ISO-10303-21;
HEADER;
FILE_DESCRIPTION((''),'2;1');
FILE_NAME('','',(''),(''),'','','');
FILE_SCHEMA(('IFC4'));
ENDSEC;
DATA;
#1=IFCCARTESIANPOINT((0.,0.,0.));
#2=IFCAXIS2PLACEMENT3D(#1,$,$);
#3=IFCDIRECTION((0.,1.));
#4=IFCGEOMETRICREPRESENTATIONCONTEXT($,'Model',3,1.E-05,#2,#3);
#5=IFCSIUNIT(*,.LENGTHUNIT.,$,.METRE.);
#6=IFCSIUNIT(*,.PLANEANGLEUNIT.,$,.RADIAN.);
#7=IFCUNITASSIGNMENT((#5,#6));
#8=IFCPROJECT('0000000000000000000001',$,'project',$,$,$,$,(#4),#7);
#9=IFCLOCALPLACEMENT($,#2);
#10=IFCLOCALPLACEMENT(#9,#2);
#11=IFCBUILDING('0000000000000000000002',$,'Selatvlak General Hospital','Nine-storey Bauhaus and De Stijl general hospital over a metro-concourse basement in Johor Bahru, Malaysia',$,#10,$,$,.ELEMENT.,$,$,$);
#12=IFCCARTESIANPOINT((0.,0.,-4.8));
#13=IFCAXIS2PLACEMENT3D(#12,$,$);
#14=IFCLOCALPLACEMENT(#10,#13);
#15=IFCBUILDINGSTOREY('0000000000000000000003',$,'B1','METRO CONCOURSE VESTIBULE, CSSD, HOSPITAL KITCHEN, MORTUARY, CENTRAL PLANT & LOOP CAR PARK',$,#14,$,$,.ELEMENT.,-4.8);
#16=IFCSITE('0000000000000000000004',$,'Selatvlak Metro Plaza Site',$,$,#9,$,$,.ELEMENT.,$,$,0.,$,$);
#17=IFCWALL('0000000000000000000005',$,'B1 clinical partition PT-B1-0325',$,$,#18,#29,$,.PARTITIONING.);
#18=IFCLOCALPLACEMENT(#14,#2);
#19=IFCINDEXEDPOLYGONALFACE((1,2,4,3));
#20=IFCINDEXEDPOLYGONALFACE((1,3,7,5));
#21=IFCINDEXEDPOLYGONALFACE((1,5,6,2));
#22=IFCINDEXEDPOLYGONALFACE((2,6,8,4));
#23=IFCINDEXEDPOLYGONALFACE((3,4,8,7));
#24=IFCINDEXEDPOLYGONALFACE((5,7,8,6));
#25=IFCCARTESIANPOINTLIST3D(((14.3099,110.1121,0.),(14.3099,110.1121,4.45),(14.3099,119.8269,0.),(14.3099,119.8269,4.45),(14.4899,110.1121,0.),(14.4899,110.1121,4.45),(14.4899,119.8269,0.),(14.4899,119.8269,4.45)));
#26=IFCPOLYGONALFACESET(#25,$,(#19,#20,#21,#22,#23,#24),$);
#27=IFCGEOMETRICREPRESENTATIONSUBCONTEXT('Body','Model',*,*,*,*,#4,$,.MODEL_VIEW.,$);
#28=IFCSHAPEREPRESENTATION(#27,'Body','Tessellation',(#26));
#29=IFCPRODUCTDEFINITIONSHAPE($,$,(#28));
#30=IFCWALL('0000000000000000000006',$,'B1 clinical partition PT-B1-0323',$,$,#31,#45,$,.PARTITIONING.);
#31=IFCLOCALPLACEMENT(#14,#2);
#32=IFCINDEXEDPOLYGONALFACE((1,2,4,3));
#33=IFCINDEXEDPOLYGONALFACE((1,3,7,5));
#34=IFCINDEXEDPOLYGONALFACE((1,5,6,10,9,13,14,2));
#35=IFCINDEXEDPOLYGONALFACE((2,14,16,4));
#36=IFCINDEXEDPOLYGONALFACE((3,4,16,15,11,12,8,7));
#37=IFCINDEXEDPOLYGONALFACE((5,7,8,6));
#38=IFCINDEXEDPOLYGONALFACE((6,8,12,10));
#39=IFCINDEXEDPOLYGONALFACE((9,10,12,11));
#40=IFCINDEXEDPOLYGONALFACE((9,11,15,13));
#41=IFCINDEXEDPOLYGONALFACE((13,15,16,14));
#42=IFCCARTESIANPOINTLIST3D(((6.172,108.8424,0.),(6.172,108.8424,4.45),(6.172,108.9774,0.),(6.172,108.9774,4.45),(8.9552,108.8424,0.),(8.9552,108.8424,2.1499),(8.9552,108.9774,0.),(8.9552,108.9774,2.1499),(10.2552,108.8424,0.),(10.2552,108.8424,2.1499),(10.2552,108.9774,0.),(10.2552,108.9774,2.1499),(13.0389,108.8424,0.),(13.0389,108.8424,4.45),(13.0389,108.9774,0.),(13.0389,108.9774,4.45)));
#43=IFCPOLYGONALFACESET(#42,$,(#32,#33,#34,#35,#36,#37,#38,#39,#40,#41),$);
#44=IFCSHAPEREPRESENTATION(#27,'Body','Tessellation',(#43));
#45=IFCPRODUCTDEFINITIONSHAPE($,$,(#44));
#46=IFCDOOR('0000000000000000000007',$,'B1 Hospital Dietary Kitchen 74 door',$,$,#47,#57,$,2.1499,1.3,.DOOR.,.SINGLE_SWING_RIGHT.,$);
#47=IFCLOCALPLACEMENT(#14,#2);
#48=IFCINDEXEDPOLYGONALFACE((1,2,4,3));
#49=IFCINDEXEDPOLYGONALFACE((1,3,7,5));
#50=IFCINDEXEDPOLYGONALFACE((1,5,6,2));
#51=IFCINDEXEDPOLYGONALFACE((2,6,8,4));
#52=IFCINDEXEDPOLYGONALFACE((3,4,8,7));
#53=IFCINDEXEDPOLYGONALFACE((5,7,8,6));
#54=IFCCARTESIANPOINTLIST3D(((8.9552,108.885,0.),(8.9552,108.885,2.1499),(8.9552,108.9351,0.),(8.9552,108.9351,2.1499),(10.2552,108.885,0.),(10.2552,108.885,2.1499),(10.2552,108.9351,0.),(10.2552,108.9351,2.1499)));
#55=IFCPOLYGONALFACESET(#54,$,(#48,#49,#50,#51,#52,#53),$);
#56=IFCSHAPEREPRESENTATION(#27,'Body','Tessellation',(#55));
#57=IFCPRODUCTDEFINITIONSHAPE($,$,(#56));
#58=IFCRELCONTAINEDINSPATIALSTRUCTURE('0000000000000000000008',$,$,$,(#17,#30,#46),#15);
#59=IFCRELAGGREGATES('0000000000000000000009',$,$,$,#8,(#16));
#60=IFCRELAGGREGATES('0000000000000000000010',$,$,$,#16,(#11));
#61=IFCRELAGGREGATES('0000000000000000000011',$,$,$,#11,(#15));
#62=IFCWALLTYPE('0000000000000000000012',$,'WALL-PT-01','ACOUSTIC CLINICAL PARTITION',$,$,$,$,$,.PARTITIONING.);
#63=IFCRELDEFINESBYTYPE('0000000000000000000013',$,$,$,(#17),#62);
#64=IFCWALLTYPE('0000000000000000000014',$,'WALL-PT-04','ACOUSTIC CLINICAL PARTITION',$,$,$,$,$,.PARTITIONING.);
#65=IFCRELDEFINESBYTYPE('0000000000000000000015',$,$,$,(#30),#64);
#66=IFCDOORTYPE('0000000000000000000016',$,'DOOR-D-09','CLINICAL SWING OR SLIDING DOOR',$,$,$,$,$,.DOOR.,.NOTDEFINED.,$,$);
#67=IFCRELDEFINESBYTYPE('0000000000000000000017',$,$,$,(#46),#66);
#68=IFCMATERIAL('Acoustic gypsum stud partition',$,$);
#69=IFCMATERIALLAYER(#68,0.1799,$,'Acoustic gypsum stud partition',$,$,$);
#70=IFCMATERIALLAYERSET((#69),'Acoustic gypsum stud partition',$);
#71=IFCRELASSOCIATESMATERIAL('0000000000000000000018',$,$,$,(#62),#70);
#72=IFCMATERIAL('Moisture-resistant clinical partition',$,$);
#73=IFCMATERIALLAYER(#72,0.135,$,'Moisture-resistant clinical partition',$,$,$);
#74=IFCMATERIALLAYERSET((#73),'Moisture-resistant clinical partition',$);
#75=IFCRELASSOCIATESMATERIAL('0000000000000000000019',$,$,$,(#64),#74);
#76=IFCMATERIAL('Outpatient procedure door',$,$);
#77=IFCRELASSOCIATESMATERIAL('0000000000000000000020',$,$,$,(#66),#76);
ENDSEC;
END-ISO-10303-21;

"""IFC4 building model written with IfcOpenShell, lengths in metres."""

from ifc_helpers import new_model, si_unit, direction, frame, frame_2d, origin, place, context, subcontext, project, spatial, rectangle, extrude, material, layer, layer_set, type_object, element, fill, save


model = new_model("IFC4")

# Units and contexts
model_context = context("Model", 3, precision=1e-05, world=origin(), true_north=direction((0.0, 1.0)))
body_context = subcontext(model_context, "Body", "Model", "MODEL_VIEW")
ifc_project = project(units=[si_unit("LENGTHUNIT", "METRE"), si_unit("PLANEANGLEUNIT", "RADIAN")], contexts=[model_context])

# Site, building, storey
site_placement = place(None, origin())
site = spatial("IfcSite", under=ifc_project, at=site_placement, Name="Selatvlak Metro Plaza Site", CompositionType="ELEMENT", RefElevation=0.0)
building_placement = place(site_placement, origin())
building = spatial("IfcBuilding", under=site, at=building_placement, Name="Selatvlak General Hospital", Description="Nine-storey Bauhaus and De Stijl general hospital over a metro-concourse basement in Johor Bahru, Malaysia", CompositionType="ELEMENT")
storey_placement = place(building_placement, frame((0.0, 0.0, -4.8)))
storey = spatial("IfcBuildingStorey", under=building, at=storey_placement, Name="B1", Description="METRO CONCOURSE VESTIBULE, CSSD, HOSPITAL KITCHEN, MORTUARY, CENTRAL PLANT & LOOP CAR PARK", CompositionType="ELEMENT", Elevation=-4.8)

# Wall
ifc_material_1 = material(Name="Acoustic gypsum stud partition")
ifc_layer_1 = layer(ifc_material_1, 0.1799, Name="Acoustic gypsum stud partition")
ifc_layer_set_1 = layer_set([ifc_layer_1], Name="Acoustic gypsum stud partition")
wall_type_1 = type_object("IfcWallType", Name="WALL-PT-01", Description="ACOUSTIC CLINICAL PARTITION", PredefinedType="PARTITIONING", material=ifc_layer_set_1)
wall_1_placement = place(storey_placement, frame((14.3999, 119.8269, 0.0), z_axis=(0.0, 0.0, 1.0), x_axis=(0.0, -1.0, 0.0)))
element("IfcWall", 1, at=wall_1_placement, inside=storey, type_object=wall_type_1, Name="B1 clinical partition PT-B1-0325", PredefinedType="PARTITIONING", context=body_context, shape_type="SweptSolid", body=[
    extrude(rectangle(XDim=9.7148, YDim=0.1799, at=frame_2d((4.8574, 0.0))), origin(), (0.0, 0.0, 1.0), 4.45),
])

# Wall, opening, door
ifc_material_2 = material(Name="Moisture-resistant clinical partition")
ifc_layer_2 = layer(ifc_material_2, 0.135, Name="Moisture-resistant clinical partition")
ifc_layer_set_2 = layer_set([ifc_layer_2], Name="Moisture-resistant clinical partition")
wall_type_2 = type_object("IfcWallType", Name="WALL-PT-04", Description="ACOUSTIC CLINICAL PARTITION", PredefinedType="PARTITIONING", material=ifc_layer_set_2)
wall_2_placement = place(storey_placement, frame((13.0391, 108.9099, 0.0), z_axis=(0.0, 0.0, 1.0), x_axis=(-1.0, 0.0, 0.0)))
wall_2 = element("IfcWall", 2, at=wall_2_placement, inside=storey, type_object=wall_type_2, Name="B1 clinical partition PT-B1-0323", PredefinedType="PARTITIONING", context=body_context, shape_type="SweptSolid", body=[
    extrude(rectangle(XDim=6.8669, YDim=0.135, at=frame_2d((3.4336, 0.0))), origin(), (0.0, 0.0, 1.0), 4.45),
])
opening_1_placement = place(wall_2_placement, frame((2.7839, 0.0, 0.0)))
opening_1 = element("IfcOpeningElement", 3, at=opening_1_placement, cuts=wall_2, PredefinedType="OPENING", context=body_context, shape_type="SweptSolid", body=[
    extrude(rectangle(XDim=1.3, YDim=2.1499, at=frame_2d((0.6499, 1.075))), frame((0.0, 0.0774, 0.0), z_axis=(0.0, -1.0, 0.0), x_axis=(1.0, 0.0, 0.0)), (0.0, 0.0, 1.0), 0.155),
])
ifc_material_3 = material(Name="Outpatient procedure door")
door_type_1 = type_object("IfcDoorType", Name="DOOR-D-09", Description="CLINICAL SWING OR SLIDING DOOR", OperationType="NOTDEFINED", PredefinedType="DOOR", material=ifc_material_3)
door_1_placement = place(opening_1_placement, origin())
door_1 = element("IfcDoor", 4, at=door_1_placement, inside=storey, type_object=door_type_1, Name="B1 Hospital Dietary Kitchen 74 door", OperationType="SINGLE_SWING_RIGHT", OverallHeight=2.1499, OverallWidth=1.3, PredefinedType="DOOR", context=body_context, shape_type="SweptSolid", body=[
    extrude(rectangle(XDim=1.3, YDim=2.1499, at=frame_2d((0.6499, 1.075))), frame((0.0, 0.0249, 0.0), z_axis=(0.0, -1.0, 0.0), x_axis=(1.0, 0.0, 0.0)), (0.0, 0.0, 1.0), 0.05),
])
fill(opening_1, door_1)

save(model, "model.ifc")
